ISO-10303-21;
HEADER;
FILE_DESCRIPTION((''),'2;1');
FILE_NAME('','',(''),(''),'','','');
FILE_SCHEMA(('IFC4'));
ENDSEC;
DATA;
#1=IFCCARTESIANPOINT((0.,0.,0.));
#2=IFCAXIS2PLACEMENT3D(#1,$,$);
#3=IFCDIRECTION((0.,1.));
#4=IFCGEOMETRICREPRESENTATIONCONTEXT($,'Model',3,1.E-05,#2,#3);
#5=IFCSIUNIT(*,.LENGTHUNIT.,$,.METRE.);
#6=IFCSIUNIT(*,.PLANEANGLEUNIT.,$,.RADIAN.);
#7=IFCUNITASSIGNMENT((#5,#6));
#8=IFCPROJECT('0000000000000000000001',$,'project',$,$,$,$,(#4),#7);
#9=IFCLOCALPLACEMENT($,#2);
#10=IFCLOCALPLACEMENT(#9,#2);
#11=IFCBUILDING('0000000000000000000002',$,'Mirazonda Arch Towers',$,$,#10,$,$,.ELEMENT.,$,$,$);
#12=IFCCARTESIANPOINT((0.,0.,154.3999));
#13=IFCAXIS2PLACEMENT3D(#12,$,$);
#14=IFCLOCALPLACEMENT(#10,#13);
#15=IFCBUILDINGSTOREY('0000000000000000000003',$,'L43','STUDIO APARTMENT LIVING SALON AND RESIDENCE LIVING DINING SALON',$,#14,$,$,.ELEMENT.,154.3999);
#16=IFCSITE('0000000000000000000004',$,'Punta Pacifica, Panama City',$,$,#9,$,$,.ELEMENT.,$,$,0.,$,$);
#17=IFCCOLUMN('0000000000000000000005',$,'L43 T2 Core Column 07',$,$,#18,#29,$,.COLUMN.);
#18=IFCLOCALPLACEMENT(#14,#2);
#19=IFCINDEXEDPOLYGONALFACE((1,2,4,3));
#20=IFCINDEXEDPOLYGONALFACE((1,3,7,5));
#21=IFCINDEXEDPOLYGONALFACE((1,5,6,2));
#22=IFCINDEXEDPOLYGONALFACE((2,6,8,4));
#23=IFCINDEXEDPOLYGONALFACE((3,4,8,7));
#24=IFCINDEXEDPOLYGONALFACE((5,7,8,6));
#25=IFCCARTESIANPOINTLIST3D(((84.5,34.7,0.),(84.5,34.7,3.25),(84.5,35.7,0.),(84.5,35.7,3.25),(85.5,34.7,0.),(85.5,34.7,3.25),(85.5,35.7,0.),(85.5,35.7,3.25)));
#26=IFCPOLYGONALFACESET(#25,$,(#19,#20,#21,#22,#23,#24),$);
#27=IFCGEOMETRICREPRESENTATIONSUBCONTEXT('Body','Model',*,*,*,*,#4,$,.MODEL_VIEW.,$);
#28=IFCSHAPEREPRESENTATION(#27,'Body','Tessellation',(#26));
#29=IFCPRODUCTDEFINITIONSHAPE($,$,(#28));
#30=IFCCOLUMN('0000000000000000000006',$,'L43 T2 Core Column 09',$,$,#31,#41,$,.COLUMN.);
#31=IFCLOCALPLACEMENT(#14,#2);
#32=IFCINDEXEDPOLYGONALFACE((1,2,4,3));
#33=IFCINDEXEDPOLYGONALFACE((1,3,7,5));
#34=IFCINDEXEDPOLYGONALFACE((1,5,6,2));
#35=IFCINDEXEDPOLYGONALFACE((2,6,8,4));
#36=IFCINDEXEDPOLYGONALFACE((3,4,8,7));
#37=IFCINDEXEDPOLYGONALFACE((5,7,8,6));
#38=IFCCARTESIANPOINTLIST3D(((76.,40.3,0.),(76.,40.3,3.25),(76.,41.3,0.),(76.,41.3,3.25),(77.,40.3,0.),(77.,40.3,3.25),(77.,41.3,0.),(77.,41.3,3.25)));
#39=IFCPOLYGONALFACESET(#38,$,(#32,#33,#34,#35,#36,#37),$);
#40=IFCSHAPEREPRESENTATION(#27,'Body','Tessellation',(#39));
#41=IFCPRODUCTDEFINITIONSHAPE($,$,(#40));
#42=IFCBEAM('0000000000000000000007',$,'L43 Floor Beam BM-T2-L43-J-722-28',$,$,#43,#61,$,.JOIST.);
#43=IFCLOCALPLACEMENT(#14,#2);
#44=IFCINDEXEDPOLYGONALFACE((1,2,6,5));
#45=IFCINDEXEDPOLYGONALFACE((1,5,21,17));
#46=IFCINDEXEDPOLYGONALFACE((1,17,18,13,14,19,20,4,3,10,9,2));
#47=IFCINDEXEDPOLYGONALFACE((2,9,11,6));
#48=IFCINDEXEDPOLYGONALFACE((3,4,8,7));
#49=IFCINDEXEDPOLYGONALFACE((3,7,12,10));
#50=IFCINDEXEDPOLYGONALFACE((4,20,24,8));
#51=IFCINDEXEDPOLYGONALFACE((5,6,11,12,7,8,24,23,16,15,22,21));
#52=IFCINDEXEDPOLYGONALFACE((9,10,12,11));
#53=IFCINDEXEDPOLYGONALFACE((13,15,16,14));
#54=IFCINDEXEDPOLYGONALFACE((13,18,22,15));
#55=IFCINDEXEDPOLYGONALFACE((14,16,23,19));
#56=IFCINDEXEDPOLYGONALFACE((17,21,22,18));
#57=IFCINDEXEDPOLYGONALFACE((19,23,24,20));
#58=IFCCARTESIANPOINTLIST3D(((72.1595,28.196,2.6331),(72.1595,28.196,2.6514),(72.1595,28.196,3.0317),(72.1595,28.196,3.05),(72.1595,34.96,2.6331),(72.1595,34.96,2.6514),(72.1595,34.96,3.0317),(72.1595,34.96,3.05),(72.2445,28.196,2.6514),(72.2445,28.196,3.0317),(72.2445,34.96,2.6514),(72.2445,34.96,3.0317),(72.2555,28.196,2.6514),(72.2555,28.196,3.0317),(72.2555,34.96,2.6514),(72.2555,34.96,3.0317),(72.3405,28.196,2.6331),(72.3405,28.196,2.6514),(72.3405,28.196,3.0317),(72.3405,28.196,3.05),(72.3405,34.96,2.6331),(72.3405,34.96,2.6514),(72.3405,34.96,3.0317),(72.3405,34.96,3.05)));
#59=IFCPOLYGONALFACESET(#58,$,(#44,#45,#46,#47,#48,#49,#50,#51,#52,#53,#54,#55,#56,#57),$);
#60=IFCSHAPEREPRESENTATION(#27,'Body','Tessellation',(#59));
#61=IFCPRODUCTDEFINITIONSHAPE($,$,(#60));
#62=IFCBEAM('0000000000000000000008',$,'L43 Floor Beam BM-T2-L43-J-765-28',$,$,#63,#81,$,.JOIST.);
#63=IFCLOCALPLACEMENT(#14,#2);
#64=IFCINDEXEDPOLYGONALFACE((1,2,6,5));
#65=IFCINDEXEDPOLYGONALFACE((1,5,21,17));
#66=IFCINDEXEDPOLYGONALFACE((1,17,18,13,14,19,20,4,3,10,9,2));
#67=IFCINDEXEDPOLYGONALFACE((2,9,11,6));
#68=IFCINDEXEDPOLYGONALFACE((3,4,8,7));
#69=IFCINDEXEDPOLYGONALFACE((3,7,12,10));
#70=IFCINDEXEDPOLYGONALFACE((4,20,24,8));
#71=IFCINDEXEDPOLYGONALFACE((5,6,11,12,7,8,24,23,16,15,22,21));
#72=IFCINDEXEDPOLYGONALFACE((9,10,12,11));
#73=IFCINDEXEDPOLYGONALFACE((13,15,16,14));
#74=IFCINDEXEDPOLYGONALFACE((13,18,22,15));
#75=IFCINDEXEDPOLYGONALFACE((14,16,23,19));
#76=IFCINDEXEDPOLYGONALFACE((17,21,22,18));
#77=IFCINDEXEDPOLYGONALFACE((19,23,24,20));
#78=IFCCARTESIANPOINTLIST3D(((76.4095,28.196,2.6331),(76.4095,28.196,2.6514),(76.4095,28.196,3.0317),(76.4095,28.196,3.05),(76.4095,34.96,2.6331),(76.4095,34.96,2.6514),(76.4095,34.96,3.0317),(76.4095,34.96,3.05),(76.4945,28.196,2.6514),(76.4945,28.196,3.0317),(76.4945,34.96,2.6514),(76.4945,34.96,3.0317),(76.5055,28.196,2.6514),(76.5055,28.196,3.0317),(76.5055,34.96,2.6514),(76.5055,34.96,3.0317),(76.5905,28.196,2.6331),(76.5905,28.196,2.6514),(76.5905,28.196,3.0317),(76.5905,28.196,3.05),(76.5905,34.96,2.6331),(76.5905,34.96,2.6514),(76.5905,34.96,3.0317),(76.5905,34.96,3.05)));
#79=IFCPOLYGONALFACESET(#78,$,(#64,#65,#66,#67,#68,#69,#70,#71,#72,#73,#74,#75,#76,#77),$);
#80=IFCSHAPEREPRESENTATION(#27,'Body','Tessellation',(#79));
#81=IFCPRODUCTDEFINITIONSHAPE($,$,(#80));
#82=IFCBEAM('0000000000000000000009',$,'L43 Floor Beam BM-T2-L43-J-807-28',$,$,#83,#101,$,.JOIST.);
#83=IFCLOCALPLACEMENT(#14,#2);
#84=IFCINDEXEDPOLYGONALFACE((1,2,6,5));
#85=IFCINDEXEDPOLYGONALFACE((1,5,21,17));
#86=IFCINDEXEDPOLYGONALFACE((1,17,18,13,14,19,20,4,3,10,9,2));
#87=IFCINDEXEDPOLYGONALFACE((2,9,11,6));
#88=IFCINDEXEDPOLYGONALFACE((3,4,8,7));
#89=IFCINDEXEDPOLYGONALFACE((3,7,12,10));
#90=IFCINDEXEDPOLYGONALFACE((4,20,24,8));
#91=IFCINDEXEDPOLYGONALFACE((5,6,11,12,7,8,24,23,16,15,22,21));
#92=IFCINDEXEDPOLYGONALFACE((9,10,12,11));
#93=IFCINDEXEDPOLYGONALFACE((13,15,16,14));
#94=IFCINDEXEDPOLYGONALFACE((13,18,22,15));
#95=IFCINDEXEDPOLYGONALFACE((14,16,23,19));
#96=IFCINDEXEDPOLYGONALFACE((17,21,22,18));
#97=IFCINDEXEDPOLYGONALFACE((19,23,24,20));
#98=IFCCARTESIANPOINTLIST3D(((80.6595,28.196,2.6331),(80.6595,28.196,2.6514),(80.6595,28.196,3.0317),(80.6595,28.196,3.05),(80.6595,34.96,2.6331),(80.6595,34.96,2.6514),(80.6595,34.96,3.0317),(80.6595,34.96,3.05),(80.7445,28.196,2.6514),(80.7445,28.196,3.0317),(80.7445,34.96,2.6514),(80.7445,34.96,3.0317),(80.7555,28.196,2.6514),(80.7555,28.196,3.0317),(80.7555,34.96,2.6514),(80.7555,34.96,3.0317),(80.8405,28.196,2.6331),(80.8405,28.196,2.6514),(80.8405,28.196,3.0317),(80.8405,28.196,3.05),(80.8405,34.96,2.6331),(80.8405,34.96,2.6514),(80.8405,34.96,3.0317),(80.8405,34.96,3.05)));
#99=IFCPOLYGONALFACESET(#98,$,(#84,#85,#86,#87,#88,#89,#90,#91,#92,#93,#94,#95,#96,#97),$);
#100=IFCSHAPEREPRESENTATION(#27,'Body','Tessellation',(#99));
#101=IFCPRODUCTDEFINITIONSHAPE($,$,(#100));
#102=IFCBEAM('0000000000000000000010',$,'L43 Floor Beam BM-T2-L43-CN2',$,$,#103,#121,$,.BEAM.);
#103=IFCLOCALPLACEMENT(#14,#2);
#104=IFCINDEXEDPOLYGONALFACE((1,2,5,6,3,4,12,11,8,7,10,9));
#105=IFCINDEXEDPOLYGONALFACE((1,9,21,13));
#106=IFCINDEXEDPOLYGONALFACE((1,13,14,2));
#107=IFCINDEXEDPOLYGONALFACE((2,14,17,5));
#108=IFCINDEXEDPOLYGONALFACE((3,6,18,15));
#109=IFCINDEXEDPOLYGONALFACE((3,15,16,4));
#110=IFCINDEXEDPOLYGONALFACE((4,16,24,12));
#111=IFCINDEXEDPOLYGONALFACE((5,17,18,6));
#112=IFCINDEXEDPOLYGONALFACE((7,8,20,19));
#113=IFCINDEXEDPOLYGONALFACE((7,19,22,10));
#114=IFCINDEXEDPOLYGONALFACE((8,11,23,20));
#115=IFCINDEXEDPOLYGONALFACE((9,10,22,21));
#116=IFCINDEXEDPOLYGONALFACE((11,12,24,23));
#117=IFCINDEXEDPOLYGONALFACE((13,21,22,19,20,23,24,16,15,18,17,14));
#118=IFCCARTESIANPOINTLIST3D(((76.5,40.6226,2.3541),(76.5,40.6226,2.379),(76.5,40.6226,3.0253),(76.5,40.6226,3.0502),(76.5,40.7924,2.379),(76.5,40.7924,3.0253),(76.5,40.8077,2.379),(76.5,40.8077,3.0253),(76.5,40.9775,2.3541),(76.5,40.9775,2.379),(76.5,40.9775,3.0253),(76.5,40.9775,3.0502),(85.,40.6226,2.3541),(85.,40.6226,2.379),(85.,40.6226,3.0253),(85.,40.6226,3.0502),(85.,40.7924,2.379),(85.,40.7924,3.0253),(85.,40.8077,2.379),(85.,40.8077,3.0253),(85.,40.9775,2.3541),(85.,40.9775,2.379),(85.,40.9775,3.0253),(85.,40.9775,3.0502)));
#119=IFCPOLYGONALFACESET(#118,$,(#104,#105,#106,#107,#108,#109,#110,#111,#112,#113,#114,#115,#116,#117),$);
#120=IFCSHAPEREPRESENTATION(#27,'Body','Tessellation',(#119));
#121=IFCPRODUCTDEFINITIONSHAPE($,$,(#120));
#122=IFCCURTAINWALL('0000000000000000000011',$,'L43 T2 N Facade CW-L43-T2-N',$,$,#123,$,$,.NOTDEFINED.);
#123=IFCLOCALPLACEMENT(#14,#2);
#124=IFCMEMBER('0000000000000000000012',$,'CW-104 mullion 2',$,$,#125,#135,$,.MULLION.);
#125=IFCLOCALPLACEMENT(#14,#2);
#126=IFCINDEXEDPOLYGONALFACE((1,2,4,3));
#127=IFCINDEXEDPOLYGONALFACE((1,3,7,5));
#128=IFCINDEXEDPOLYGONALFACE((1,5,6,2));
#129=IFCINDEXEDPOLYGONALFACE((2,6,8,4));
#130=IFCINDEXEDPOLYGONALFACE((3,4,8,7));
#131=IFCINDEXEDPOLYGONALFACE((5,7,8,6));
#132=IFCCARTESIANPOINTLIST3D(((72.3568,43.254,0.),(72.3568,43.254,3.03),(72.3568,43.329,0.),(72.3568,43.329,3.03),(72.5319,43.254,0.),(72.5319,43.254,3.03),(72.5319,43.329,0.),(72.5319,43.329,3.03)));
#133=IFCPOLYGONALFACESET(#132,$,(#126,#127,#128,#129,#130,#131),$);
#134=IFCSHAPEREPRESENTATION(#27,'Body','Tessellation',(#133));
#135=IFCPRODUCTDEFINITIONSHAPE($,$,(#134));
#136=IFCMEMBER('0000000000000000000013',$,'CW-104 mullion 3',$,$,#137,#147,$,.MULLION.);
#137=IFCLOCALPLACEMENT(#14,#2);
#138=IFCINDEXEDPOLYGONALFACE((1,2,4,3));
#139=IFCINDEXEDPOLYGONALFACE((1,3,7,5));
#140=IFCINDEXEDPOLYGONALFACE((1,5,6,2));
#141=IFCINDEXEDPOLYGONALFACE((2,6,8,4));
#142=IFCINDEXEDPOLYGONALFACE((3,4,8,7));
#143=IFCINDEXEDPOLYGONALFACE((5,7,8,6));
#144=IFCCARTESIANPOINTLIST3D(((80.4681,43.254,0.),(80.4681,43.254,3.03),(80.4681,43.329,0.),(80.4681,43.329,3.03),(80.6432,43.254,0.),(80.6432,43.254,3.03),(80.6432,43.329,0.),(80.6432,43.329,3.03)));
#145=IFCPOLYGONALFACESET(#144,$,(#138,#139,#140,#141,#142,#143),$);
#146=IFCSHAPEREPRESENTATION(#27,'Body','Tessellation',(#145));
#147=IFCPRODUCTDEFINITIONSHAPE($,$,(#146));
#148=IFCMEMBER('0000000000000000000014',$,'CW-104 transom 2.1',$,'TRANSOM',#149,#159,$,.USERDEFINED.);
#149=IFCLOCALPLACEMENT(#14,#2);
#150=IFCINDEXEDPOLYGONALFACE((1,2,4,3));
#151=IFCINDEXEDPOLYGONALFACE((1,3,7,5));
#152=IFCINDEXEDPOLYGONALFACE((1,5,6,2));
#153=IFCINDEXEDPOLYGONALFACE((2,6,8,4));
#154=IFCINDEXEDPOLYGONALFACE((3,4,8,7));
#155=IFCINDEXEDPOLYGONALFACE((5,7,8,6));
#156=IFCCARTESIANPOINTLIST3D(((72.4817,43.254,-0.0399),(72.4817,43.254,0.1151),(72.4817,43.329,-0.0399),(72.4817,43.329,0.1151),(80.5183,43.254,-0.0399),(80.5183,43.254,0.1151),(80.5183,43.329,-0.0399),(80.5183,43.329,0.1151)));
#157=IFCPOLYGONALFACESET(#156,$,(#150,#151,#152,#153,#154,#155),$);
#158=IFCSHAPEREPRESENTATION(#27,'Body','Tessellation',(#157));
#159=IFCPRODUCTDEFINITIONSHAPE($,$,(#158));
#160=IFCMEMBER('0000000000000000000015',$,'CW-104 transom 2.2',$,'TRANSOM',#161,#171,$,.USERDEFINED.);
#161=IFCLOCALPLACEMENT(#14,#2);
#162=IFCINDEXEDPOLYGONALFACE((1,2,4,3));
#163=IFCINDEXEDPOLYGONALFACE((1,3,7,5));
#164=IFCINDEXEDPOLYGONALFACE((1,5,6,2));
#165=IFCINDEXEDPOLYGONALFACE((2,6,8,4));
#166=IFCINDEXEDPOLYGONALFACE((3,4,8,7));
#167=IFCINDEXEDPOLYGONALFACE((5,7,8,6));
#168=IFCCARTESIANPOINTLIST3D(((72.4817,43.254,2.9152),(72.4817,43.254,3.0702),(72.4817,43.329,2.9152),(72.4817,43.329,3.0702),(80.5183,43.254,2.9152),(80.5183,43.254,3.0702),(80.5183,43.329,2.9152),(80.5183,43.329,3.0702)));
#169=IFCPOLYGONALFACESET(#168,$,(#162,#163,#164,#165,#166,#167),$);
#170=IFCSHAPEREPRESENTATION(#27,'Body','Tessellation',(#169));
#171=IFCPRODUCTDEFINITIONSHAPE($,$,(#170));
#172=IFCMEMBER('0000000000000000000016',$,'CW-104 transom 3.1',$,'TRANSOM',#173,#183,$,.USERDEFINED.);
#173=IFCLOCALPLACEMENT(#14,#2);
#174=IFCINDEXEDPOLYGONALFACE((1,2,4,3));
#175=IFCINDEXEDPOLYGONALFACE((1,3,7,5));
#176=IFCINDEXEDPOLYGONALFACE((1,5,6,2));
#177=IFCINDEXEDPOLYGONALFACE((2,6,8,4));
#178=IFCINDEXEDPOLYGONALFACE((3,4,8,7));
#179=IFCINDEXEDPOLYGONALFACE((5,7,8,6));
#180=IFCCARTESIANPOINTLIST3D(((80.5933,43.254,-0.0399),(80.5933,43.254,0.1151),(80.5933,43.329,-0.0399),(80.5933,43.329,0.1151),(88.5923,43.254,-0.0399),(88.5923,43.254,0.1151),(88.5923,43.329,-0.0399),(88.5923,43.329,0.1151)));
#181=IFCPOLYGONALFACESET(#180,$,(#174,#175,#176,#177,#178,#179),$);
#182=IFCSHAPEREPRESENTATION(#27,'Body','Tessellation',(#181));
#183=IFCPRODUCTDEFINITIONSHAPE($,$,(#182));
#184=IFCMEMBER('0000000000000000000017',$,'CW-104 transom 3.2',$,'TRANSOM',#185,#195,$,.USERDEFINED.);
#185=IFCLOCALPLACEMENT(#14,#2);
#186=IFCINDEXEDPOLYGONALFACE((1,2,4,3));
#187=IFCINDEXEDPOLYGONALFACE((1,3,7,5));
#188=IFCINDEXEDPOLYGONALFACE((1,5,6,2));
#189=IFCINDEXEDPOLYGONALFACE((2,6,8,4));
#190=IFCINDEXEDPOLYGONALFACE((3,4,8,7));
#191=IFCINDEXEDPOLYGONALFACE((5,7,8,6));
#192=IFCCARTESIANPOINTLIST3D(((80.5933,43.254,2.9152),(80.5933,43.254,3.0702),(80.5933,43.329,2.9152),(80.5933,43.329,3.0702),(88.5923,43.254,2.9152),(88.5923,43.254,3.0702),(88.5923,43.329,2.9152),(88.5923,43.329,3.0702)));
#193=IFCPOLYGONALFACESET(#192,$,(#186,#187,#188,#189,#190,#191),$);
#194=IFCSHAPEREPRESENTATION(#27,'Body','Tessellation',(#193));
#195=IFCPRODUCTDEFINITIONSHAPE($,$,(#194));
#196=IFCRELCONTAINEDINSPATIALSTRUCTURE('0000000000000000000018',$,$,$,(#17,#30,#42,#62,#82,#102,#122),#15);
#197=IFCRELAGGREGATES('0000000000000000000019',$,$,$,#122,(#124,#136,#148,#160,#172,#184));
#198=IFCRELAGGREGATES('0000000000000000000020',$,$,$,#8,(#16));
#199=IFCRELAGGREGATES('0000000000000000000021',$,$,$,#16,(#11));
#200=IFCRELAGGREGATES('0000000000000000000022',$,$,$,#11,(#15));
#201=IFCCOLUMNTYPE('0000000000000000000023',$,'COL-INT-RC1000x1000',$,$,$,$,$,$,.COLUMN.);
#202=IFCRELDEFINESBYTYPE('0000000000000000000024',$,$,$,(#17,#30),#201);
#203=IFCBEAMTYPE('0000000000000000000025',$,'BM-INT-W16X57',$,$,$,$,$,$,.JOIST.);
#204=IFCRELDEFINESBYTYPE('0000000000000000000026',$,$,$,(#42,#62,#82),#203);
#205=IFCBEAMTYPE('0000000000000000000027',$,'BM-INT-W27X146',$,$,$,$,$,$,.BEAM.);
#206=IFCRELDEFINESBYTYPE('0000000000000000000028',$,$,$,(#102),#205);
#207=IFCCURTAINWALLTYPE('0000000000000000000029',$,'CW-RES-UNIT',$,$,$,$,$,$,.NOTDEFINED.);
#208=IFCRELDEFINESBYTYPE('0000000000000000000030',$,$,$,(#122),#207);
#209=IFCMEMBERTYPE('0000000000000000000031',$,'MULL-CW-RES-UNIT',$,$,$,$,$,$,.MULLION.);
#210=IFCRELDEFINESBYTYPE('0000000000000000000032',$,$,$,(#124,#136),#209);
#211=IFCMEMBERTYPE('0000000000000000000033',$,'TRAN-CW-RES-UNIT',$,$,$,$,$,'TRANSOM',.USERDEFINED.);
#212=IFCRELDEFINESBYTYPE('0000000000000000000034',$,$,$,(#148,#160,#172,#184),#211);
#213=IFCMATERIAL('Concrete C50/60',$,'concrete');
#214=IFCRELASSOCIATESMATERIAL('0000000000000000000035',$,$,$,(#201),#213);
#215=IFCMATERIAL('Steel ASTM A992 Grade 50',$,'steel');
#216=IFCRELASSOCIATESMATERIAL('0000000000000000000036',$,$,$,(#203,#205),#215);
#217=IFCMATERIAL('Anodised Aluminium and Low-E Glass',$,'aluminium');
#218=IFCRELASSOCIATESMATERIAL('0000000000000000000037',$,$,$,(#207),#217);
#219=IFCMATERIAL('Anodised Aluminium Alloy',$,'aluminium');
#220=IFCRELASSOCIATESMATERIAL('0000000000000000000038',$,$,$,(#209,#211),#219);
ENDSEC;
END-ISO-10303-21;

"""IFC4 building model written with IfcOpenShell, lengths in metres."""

from ifc_helpers import new_model, si_unit, direction, frame, origin, origin_2d, place, context, subcontext, project, spatial, rectangle, i_section, extrude, material, material_profile, profile_set, type_object, element, aggregate, save


model = new_model("IFC4")

# Units and contexts
model_context = context("Model", 3, precision=1e-05, world=origin(), true_north=direction((0.0, 1.0)))
body_context = subcontext(model_context, "Body", "Model", "MODEL_VIEW")
ifc_project = project(units=[si_unit("LENGTHUNIT", "METRE"), si_unit("PLANEANGLEUNIT", "RADIAN")], contexts=[model_context])

# Site, building, storey
site_placement = place(None, origin())
site = spatial("IfcSite", under=ifc_project, at=site_placement, Name="Punta Pacifica, Panama City", CompositionType="ELEMENT", RefElevation=0.0)
building_placement = place(site_placement, origin())
building = spatial("IfcBuilding", under=site, at=building_placement, Name="Mirazonda Arch Towers", CompositionType="ELEMENT")
storey_placement = place(building_placement, frame((0.0, 0.0, 154.3999)))
storey = spatial("IfcBuildingStorey", under=building, at=storey_placement, Name="L43", Description="STUDIO APARTMENT LIVING SALON AND RESIDENCE LIVING DINING SALON", CompositionType="ELEMENT", Elevation=154.3999)

# Columns
ifc_material_1 = material(Name="Concrete C50/60", Category="concrete")
ifc_material_profile_1 = material_profile(ifc_material_1, rectangle(XDim=1.0, YDim=1.0, at=origin_2d()), Name="RC1000x1000")
ifc_profile_set_1 = profile_set([ifc_material_profile_1], Name="Concrete C50/60")
column_type = type_object("IfcColumnType", Name="COL-INT-RC1000x1000", PredefinedType="COLUMN", material=ifc_profile_set_1)
for number, where, z_axis, x_axis, name in (
    (1, (85.0, 35.2, 0.0), (0.0, 0.0, 1.0), (1.0, 0.0, 0.0), "L43 T2 Core Column 07"),
    (2, (76.5, 40.8, 0.0), (0.0, 0.0, 1.0), (1.0, 0.0, 0.0), "L43 T2 Core Column 09"),
):
    element("IfcColumn", number, at=place(storey_placement, frame(where, z_axis=z_axis, x_axis=x_axis)), inside=storey, type_object=column_type, Name=name, PredefinedType="COLUMN", context=body_context, shape_type="SweptSolid", body=[
        extrude(rectangle(XDim=1.0, YDim=1.0, at=origin_2d()), origin(), (0.0, 0.0, 1.0), 3.25),
    ])

# Beams
ifc_material_2 = material(Name="Steel ASTM A992 Grade 50", Category="steel")
ifc_material_profile_2 = material_profile(ifc_material_2, i_section(OverallWidth=0.1809, OverallDepth=0.417, WebThickness=0.011, FlangeThickness=0.0183, at=origin_2d()), Name="W16X57")
ifc_profile_set_2 = profile_set([ifc_material_profile_2], Name="Steel ASTM A992 Grade 50")
beam_type_1 = type_object("IfcBeamType", Name="BM-INT-W16X57", PredefinedType="JOIST", material=ifc_profile_set_2)
for number, where, z_axis, x_axis, name in (
    (3, (72.25, 28.196, 2.8416), (0.0, 1.0, 0.0), (-1.0, 0.0, 0.0), "L43 Floor Beam BM-T2-L43-J-722-28"),
    (4, (76.5, 28.196, 2.8416), (0.0, 1.0, 0.0), (-1.0, 0.0, 0.0), "L43 Floor Beam BM-T2-L43-J-765-28"),
    (5, (80.75, 28.196, 2.8416), (0.0, 1.0, 0.0), (-1.0, 0.0, 0.0), "L43 Floor Beam BM-T2-L43-J-807-28"),
):
    element("IfcBeam", number, at=place(storey_placement, frame(where, z_axis=z_axis, x_axis=x_axis)), inside=storey, type_object=beam_type_1, Name=name, PredefinedType="JOIST", context=body_context, shape_type="SweptSolid", body=[
        extrude(i_section(OverallWidth=0.1809, OverallDepth=0.417, WebThickness=0.011, FlangeThickness=0.0183, at=origin_2d()), origin(), (0.0, 0.0, 1.0), 6.7639),
    ])
ifc_material_profile_3 = material_profile(ifc_material_2, i_section(OverallWidth=0.355, OverallDepth=0.696, WebThickness=0.0154, FlangeThickness=0.0249, at=origin_2d()), Name="W27X146")
ifc_profile_set_3 = profile_set([ifc_material_profile_3], Name="Steel ASTM A992 Grade 50")
beam_type_2 = type_object("IfcBeamType", Name="BM-INT-W27X146", PredefinedType="BEAM", material=ifc_profile_set_3)
beam_placement = place(storey_placement, frame((76.5, 40.8, 2.7021), z_axis=(1.0, 0.0, 0.0), x_axis=(0.0, 1.0, 0.0)))
element("IfcBeam", 6, at=beam_placement, inside=storey, type_object=beam_type_2, Name="L43 Floor Beam BM-T2-L43-CN2", PredefinedType="BEAM", context=body_context, shape_type="SweptSolid", body=[
    extrude(i_section(OverallWidth=0.355, OverallDepth=0.696, WebThickness=0.0154, FlangeThickness=0.0249, at=origin_2d()), origin(), (0.0, 0.0, 1.0), 8.5),
])

# Curtain wall, members
ifc_material_3 = material(Name="Anodised Aluminium and Low-E Glass", Category="aluminium")
curtain_wall_type = type_object("IfcCurtainWallType", Name="CW-RES-UNIT", PredefinedType="NOTDEFINED", material=ifc_material_3)
curtain_wall_placement = place(storey_placement, origin())
curtain_wall = element("IfcCurtainWall", 7, at=curtain_wall_placement, inside=storey, type_object=curtain_wall_type, Name="L43 T2 N Facade CW-L43-T2-N", PredefinedType="NOTDEFINED")
ifc_material_4 = material(Name="Anodised Aluminium Alloy", Category="aluminium")
ifc_material_profile_4 = material_profile(ifc_material_4, rectangle(XDim=0.075, YDim=0.175, at=origin_2d()), Name="ALU-MULL-75x175")
ifc_profile_set_4 = profile_set([ifc_material_profile_4], Name="Anodised Aluminium Alloy")
member_type_1 = type_object("IfcMemberType", Name="MULL-CW-RES-UNIT", PredefinedType="MULLION", material=ifc_profile_set_4)
member_1_placement = place(storey_placement, frame((72.4443, 43.2915, 0.0), z_axis=(0.0, 0.0, 1.0), x_axis=(0.0, 1.0, 0.0)))
member_1 = element("IfcMember", 8, at=member_1_placement, type_object=member_type_1, Name="CW-104 mullion 2", PredefinedType="MULLION", context=body_context, shape_type="SweptSolid", body=[
    extrude(rectangle(XDim=0.075, YDim=0.175, at=origin_2d()), origin(), (0.0, 0.0, 1.0), 3.03),
])
member_2_placement = place(storey_placement, frame((80.5557, 43.2915, 0.0), z_axis=(0.0, 0.0, 1.0), x_axis=(0.0, 1.0, 0.0)))
member_2 = element("IfcMember", 9, at=member_2_placement, type_object=member_type_1, Name="CW-104 mullion 3", PredefinedType="MULLION", context=body_context, shape_type="SweptSolid", body=[
    extrude(rectangle(XDim=0.075, YDim=0.175, at=origin_2d()), origin(), (0.0, 0.0, 1.0), 3.03),
])
ifc_material_profile_5 = material_profile(ifc_material_4, rectangle(XDim=0.075, YDim=0.155, at=origin_2d()), Name="ALU-TRAN-75x155")
ifc_profile_set_5 = profile_set([ifc_material_profile_5], Name="Anodised Aluminium Alloy")
member_type_2 = type_object("IfcMemberType", Name="TRAN-CW-RES-UNIT", ElementType="TRANSOM", PredefinedType="USERDEFINED", material=ifc_profile_set_5)
member_3_placement = place(storey_placement, frame((72.4817, 43.2915, 0.0376), z_axis=(1.0, 0.0, 0.0), x_axis=(0.0, 1.0, 0.0)))
member_3 = element("IfcMember", 10, at=member_3_placement, type_object=member_type_2, Name="CW-104 transom 2.1", ObjectType="TRANSOM", PredefinedType="USERDEFINED", context=body_context, shape_type="SweptSolid", body=[
    extrude(rectangle(XDim=0.075, YDim=0.155, at=origin_2d()), origin(), (0.0, 0.0, 1.0), 8.0366),
])
member_4_placement = place(storey_placement, frame((72.4817, 43.2915, 2.9927), z_axis=(1.0, 0.0, 0.0), x_axis=(0.0, 1.0, 0.0)))
member_4 = element("IfcMember", 11, at=member_4_placement, type_object=member_type_2, Name="CW-104 transom 2.2", ObjectType="TRANSOM", PredefinedType="USERDEFINED", context=body_context, shape_type="SweptSolid", body=[
    extrude(rectangle(XDim=0.075, YDim=0.155, at=origin_2d()), origin(), (0.0, 0.0, 1.0), 8.0366),
])
member_5_placement = place(storey_placement, frame((80.5933, 43.2915, 0.0376), z_axis=(1.0, 0.0, 0.0), x_axis=(0.0, 1.0, 0.0)))
member_5 = element("IfcMember", 12, at=member_5_placement, type_object=member_type_2, Name="CW-104 transom 3.1", ObjectType="TRANSOM", PredefinedType="USERDEFINED", context=body_context, shape_type="SweptSolid", body=[
    extrude(rectangle(XDim=0.075, YDim=0.155, at=origin_2d()), origin(), (0.0, 0.0, 1.0), 7.999),
])
member_6_placement = place(storey_placement, frame((80.5933, 43.2915, 2.9927), z_axis=(1.0, 0.0, 0.0), x_axis=(0.0, 1.0, 0.0)))
member_6 = element("IfcMember", 13, at=member_6_placement, type_object=member_type_2, Name="CW-104 transom 3.2", ObjectType="TRANSOM", PredefinedType="USERDEFINED", context=body_context, shape_type="SweptSolid", body=[
    extrude(rectangle(XDim=0.075, YDim=0.155, at=origin_2d()), origin(), (0.0, 0.0, 1.0), 7.999),
])
aggregate(curtain_wall, [member_1, member_2, member_3, member_4, member_5, member_6])

save(model, "model.ifc")
